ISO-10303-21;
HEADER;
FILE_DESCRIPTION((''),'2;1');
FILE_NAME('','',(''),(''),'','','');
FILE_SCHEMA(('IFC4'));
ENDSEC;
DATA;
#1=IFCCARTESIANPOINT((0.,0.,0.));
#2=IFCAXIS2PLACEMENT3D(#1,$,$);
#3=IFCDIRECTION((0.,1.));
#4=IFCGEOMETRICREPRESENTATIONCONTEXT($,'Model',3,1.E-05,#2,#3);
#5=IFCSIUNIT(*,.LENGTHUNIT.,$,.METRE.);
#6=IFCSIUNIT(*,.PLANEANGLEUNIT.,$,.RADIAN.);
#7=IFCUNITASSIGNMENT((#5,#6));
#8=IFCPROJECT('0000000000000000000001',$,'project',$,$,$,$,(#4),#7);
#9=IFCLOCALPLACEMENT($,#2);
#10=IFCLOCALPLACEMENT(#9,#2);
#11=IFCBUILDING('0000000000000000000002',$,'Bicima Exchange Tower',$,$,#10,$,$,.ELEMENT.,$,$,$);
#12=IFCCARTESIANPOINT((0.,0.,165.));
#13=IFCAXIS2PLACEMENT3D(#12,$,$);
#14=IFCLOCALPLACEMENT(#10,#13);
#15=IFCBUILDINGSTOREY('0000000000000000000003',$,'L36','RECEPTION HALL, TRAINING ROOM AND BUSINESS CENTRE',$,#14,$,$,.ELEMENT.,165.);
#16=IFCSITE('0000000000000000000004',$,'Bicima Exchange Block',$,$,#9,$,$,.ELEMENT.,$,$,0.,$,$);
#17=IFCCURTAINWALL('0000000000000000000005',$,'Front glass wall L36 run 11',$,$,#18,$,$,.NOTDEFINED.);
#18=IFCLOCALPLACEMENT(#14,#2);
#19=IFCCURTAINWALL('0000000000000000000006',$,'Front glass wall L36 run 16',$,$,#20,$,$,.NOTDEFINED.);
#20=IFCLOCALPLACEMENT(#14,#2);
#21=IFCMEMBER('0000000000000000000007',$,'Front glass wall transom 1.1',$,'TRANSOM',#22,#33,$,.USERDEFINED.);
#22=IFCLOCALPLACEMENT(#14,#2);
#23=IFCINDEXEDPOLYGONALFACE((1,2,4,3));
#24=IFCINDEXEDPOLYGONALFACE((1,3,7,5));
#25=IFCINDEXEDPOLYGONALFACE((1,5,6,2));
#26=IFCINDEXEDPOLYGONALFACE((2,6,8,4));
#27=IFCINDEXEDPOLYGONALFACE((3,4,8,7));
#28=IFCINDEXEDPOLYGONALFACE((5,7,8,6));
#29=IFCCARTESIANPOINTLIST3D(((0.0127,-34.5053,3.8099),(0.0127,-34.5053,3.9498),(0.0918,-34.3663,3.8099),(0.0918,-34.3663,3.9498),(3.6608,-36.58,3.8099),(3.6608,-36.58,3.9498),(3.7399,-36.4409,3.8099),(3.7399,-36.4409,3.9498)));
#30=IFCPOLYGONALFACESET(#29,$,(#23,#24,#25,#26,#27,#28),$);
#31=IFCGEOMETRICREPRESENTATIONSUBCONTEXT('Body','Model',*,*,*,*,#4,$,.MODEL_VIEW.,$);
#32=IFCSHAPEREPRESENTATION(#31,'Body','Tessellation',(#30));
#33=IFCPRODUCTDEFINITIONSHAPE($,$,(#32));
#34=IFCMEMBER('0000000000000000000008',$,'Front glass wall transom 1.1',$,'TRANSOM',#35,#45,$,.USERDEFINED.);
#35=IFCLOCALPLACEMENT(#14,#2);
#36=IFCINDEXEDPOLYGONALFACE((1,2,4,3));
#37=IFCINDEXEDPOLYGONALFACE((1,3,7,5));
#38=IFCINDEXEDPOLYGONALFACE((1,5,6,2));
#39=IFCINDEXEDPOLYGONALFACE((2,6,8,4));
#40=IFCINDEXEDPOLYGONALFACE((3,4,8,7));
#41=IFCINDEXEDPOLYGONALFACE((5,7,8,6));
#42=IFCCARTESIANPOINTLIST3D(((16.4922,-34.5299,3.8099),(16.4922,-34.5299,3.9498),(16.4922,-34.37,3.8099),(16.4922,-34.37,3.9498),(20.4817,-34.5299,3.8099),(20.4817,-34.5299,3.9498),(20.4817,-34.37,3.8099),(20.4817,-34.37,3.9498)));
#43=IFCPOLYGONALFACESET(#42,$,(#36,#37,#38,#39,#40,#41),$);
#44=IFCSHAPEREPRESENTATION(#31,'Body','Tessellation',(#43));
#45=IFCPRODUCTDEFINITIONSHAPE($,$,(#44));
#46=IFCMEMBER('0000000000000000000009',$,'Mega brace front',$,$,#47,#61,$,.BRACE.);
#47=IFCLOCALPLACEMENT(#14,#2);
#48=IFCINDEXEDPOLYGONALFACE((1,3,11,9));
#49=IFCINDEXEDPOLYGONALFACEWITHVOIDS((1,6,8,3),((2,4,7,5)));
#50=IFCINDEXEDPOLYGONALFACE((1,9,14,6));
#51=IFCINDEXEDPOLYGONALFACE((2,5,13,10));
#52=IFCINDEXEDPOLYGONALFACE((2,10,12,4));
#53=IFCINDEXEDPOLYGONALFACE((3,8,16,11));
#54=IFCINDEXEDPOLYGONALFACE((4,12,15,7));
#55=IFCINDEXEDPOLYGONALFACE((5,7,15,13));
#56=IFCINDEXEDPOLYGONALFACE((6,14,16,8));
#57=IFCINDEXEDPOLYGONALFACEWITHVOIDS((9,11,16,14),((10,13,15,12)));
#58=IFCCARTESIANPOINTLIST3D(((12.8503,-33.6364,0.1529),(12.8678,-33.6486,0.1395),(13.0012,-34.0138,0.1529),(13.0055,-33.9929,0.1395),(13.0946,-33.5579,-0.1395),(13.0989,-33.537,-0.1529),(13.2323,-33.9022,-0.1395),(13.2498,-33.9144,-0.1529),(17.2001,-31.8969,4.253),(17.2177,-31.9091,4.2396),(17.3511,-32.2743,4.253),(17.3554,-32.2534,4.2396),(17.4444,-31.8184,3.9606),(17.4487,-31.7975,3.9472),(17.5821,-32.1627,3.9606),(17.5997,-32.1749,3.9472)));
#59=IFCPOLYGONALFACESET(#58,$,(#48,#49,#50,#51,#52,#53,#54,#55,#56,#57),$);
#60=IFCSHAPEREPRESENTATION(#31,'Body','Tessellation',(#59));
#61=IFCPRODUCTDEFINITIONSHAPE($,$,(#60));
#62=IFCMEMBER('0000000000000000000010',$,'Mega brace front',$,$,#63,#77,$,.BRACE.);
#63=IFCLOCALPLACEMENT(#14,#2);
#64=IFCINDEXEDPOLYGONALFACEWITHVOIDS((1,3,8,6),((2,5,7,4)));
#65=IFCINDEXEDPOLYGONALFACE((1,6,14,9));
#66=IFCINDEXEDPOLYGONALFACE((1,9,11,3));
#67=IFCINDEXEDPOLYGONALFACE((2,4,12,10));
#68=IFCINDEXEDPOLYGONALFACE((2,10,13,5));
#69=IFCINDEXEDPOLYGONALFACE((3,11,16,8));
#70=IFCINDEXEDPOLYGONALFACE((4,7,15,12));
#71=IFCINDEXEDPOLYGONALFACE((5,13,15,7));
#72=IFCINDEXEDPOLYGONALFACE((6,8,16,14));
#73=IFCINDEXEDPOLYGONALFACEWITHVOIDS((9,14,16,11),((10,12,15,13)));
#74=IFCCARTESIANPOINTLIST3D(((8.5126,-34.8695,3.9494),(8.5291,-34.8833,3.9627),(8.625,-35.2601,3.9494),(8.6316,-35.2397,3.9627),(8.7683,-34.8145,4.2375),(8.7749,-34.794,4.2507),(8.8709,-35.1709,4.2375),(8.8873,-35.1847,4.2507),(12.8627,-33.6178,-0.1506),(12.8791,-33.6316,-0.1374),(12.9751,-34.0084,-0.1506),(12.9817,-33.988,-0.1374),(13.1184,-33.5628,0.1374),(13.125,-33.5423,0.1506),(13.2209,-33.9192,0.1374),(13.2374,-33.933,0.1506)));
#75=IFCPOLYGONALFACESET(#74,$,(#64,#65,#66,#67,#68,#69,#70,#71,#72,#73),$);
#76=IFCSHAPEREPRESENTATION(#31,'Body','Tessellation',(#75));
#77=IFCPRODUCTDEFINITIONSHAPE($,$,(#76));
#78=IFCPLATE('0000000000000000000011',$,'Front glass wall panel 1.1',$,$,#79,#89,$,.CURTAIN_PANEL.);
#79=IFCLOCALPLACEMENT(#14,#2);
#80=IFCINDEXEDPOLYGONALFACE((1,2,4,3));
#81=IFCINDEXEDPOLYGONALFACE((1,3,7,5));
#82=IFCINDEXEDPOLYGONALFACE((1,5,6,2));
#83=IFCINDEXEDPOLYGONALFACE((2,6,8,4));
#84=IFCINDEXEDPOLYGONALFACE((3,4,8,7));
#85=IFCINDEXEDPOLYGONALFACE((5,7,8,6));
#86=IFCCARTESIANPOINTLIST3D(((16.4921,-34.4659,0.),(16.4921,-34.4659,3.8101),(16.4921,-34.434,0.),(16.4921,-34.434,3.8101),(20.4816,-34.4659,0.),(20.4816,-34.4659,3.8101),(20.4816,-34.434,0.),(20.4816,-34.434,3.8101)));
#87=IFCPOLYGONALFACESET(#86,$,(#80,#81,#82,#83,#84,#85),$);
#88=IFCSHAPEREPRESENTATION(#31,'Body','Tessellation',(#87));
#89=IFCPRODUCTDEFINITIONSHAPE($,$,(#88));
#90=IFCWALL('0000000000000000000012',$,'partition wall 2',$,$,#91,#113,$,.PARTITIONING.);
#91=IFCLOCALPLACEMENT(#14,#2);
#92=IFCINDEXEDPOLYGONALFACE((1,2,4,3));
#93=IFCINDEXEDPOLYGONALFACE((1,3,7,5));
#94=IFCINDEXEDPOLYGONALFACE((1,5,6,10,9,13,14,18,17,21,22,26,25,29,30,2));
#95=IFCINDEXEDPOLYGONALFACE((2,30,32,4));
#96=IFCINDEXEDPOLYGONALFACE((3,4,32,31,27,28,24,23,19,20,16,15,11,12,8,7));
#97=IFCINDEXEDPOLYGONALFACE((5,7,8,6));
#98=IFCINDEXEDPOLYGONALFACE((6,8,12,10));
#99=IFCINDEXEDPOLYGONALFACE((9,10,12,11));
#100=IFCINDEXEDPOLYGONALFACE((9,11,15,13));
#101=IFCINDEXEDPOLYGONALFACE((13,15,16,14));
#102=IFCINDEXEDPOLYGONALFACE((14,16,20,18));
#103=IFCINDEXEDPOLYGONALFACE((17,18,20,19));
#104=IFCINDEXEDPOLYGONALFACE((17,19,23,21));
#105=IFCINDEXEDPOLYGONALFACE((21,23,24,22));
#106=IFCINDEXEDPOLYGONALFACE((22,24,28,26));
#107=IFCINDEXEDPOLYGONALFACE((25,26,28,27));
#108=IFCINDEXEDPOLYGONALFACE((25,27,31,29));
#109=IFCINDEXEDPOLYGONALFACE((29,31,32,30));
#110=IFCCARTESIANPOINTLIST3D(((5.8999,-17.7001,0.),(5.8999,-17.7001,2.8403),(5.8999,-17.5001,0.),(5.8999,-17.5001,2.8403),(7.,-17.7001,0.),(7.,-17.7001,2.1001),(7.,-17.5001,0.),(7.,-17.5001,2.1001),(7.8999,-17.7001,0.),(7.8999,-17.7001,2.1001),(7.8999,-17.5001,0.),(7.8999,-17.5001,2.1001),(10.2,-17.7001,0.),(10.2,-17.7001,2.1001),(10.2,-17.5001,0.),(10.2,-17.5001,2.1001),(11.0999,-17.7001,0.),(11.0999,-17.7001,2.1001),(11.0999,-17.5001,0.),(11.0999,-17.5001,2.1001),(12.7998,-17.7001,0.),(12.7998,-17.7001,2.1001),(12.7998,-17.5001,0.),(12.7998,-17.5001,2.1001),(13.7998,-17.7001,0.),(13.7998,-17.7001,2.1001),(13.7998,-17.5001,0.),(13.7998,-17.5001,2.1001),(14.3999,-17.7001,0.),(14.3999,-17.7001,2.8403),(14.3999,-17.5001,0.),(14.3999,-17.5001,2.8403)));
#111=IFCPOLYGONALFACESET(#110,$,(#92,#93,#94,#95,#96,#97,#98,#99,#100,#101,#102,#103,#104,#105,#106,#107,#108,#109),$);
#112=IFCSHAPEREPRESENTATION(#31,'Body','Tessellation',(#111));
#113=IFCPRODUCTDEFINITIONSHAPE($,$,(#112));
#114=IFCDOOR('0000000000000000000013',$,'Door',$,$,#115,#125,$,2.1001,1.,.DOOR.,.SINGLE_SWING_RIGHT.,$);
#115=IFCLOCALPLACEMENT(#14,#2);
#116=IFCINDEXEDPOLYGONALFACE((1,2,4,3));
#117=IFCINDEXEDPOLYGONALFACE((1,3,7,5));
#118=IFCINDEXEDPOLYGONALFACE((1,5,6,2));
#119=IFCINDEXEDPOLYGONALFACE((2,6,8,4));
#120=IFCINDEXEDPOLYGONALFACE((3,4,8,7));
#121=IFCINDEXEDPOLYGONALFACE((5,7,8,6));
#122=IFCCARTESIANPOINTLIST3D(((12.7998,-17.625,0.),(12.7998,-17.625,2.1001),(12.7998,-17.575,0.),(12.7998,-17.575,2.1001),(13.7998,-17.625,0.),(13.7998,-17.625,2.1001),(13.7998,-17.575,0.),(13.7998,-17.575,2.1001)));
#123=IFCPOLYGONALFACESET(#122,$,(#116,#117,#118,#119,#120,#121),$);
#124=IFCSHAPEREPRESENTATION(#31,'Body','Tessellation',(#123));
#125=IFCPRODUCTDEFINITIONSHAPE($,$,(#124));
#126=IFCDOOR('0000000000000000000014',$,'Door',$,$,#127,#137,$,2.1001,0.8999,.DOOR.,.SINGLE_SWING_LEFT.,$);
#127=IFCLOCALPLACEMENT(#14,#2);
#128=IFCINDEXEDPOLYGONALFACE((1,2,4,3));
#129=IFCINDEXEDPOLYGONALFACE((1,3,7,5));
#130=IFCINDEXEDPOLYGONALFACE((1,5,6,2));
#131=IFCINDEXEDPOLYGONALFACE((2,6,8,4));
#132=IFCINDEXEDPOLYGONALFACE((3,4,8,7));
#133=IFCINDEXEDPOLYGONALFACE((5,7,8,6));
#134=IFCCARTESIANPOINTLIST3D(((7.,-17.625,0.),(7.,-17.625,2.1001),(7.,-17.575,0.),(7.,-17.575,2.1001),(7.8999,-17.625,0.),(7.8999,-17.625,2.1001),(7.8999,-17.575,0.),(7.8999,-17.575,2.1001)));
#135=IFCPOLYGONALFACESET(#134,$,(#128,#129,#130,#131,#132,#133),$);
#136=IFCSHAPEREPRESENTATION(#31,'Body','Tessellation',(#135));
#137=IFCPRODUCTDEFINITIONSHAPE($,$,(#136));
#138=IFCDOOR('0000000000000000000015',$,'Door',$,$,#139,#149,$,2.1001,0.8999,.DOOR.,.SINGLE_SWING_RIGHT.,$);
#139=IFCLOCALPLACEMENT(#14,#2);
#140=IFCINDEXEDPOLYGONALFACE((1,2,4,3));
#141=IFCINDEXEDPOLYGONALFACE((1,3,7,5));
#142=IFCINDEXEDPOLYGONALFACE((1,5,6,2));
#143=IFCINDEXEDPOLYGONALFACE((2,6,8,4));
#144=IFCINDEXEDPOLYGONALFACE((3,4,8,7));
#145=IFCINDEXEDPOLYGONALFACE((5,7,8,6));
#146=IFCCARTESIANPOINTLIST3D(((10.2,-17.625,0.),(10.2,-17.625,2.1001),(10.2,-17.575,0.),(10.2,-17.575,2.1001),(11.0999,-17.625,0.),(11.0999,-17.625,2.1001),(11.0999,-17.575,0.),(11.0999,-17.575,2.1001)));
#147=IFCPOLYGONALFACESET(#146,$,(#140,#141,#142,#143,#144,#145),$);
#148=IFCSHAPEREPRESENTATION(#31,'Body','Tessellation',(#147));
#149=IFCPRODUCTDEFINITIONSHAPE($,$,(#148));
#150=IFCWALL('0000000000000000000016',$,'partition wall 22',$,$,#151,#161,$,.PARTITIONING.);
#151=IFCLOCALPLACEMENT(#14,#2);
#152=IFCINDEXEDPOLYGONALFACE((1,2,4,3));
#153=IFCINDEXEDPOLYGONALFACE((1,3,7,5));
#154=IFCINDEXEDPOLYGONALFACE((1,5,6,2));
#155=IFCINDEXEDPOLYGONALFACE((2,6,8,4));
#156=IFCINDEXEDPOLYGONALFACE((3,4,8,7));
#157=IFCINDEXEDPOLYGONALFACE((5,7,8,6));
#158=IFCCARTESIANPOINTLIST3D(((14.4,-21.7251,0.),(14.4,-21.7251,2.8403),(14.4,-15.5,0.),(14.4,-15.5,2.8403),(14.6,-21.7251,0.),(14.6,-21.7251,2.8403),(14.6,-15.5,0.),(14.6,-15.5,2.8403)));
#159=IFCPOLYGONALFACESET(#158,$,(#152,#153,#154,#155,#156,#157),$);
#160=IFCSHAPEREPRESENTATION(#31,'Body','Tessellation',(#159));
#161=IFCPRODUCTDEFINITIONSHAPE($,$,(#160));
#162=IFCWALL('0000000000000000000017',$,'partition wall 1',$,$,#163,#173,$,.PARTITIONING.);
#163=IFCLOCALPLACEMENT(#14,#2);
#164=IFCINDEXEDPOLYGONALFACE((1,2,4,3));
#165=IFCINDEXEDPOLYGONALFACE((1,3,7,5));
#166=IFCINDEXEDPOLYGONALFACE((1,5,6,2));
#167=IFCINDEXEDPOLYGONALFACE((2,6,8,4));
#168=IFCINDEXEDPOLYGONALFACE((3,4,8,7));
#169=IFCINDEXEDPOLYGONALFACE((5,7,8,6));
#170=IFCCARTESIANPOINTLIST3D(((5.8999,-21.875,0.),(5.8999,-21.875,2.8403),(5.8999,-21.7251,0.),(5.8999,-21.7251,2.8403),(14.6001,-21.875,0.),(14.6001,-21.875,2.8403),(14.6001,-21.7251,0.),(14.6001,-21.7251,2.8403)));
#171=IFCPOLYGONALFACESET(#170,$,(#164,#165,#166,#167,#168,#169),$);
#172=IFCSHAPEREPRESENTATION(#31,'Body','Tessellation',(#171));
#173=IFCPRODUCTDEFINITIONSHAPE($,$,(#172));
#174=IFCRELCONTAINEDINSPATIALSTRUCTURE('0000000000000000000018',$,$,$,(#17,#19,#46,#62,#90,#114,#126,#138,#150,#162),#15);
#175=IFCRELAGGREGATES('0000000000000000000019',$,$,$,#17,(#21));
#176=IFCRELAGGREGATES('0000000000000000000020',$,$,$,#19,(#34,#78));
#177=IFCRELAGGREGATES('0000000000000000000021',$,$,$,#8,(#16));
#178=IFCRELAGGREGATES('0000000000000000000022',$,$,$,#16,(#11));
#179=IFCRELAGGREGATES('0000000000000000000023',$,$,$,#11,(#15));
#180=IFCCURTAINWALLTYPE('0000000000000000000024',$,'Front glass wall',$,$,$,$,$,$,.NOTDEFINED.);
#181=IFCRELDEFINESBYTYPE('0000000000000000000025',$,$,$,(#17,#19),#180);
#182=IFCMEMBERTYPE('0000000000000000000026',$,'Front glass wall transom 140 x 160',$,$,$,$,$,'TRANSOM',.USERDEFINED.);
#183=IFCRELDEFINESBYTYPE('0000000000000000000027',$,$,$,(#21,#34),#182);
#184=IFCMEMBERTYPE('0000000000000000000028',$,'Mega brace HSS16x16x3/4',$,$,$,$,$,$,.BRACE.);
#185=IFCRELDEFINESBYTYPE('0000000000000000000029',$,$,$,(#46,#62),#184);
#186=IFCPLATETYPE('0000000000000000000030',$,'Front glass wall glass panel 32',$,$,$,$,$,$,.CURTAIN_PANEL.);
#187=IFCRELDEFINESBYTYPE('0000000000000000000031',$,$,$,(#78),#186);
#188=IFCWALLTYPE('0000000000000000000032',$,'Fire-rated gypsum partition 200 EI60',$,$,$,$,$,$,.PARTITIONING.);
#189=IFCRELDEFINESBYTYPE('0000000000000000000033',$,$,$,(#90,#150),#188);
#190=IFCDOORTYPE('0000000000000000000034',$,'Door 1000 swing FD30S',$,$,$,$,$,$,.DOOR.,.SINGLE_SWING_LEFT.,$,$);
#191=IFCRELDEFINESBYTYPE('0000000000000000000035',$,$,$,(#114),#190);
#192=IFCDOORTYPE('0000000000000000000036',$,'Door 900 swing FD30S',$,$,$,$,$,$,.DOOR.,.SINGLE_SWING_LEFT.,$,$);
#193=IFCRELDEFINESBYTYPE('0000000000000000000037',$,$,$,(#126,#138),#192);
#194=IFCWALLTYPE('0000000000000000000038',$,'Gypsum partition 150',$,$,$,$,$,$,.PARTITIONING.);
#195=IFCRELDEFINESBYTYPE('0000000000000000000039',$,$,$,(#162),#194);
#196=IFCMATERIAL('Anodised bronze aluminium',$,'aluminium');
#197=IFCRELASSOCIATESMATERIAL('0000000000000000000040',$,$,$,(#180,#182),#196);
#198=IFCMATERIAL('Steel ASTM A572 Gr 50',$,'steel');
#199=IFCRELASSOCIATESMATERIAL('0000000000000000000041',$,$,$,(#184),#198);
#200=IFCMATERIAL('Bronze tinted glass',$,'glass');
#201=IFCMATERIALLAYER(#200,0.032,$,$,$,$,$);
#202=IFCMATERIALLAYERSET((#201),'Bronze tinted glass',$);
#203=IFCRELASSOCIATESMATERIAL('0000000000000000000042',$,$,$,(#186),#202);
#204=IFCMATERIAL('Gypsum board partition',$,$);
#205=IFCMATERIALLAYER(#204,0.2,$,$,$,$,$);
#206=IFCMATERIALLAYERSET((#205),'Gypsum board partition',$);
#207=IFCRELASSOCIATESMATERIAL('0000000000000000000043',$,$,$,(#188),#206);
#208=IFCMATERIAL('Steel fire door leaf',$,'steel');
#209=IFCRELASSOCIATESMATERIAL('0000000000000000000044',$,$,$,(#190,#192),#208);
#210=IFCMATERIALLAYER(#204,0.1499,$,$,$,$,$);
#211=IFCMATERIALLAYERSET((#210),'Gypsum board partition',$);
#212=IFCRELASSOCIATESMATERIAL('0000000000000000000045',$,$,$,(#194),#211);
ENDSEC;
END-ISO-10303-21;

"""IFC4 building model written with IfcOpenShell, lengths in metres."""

from ifc_helpers import new_model, si_unit, direction, frame, frame_2d, origin, origin_2d, place, context, subcontext, project, spatial, rectangle, hollow_rectangle, extrude, material, layer, layer_set, material_profile, profile_set, type_object, element, fill, aggregate, save


model = new_model("IFC4")

# Units and contexts
model_context = context("Model", 3, precision=1e-05, world=origin(), true_north=direction((0.0, 1.0)))
body_context = subcontext(model_context, "Body", "Model", "MODEL_VIEW")
ifc_project = project(units=[si_unit("LENGTHUNIT", "METRE"), si_unit("PLANEANGLEUNIT", "RADIAN")], contexts=[model_context])

# Site, building, storey
site_placement = place(None, origin())
site = spatial("IfcSite", under=ifc_project, at=site_placement, Name="Bicima Exchange Block", CompositionType="ELEMENT", RefElevation=0.0)
building_placement = place(site_placement, origin())
building = spatial("IfcBuilding", under=site, at=building_placement, Name="Bicima Exchange Tower", CompositionType="ELEMENT")
storey_placement = place(building_placement, frame((0.0, 0.0, 165.0)))
storey = spatial("IfcBuildingStorey", under=building, at=storey_placement, Name="L36", Description="RECEPTION HALL, TRAINING ROOM AND BUSINESS CENTRE", CompositionType="ELEMENT", Elevation=165.0)

# Curtain wall
ifc_material_1 = material(Name="Anodised bronze aluminium", Category="aluminium")
curtain_wall_type = type_object("IfcCurtainWallType", Name="Front glass wall", PredefinedType="NOTDEFINED", material=ifc_material_1)
curtain_wall_1_placement = place(storey_placement, origin())
curtain_wall_1 = element("IfcCurtainWall", 1, at=curtain_wall_1_placement, inside=storey, type_object=curtain_wall_type, Name="Front glass wall L36 run 11", PredefinedType="NOTDEFINED")

# Curtain wall
curtain_wall_2_placement = place(storey_placement, origin())
curtain_wall_2 = element("IfcCurtainWall", 2, at=curtain_wall_2_placement, inside=storey, type_object=curtain_wall_type, Name="Front glass wall L36 run 16", PredefinedType="NOTDEFINED")

# Members
ifc_material_profile_1 = material_profile(ifc_material_1, rectangle(XDim=0.1599, YDim=0.1399, at=origin_2d()))
ifc_profile_set_1 = profile_set([ifc_material_profile_1], Name="Anodised bronze aluminium")
member_type_1 = type_object("IfcMemberType", Name="Front glass wall transom 140 x 160", ElementType="TRANSOM", PredefinedType="USERDEFINED", material=ifc_profile_set_1)
member_1_placement = place(storey_placement, frame((0.0522, -34.4358, 3.8799), z_axis=(0.869265, -0.494346, 0.0), x_axis=(0.494346, 0.869265, 0.0)))
member_1 = element("IfcMember", 3, at=member_1_placement, type_object=member_type_1, Name="Front glass wall transom 1.1", ObjectType="TRANSOM", PredefinedType="USERDEFINED", context=body_context, shape_type="SweptSolid", body=[
    extrude(rectangle(XDim=0.1599, YDim=0.1399, at=origin_2d()), origin(), (0.0, 0.0, 1.0), 4.1968),
])
aggregate(curtain_wall_1, [member_1])
member_2_placement = place(storey_placement, frame((16.4922, -34.45, 3.8799), z_axis=(1.0, 0.0, 0.0), x_axis=(0.0, 1.0, 0.0)))
member_2 = element("IfcMember", 4, at=member_2_placement, type_object=member_type_1, Name="Front glass wall transom 1.1", ObjectType="TRANSOM", PredefinedType="USERDEFINED", context=body_context, shape_type="SweptSolid", body=[
    extrude(rectangle(XDim=0.1599, YDim=0.1399, at=origin_2d()), origin(), (0.0, 0.0, 1.0), 3.9895),
])

# Members
ifc_material_2 = material(Name="Steel ASTM A572 Gr 50", Category="steel")
ifc_material_profile_2 = material_profile(ifc_material_2, hollow_rectangle(XDim=0.4065, YDim=0.4065, WallThickness=0.0178, at=origin_2d()))
ifc_profile_set_2 = profile_set([ifc_material_profile_2], Name="Steel ASTM A572 Gr 50")
member_type_2 = type_object("IfcMemberType", Name="Mega brace HSS16x16x3/4", PredefinedType="BRACE", material=ifc_profile_set_2)
member_3_placement = place(storey_placement, frame((13.05, -33.7754, 0.0), z_axis=(0.698706, 0.279412, 0.658588), x_axis=(-0.37131, 0.928509, 0.0)))
element("IfcMember", 5, at=member_3_placement, inside=storey, type_object=member_type_2, Name="Mega brace front", PredefinedType="BRACE", context=body_context, shape_type="SweptSolid", body=[
    extrude(hollow_rectangle(XDim=0.4065, YDim=0.4065, WallThickness=0.0178, at=origin_2d()), origin(), (0.0, 0.0, 1.0), 6.2256),
])
member_4_placement = place(storey_placement, frame((13.05, -33.7754, 0.0), z_axis=(-0.712261, -0.204948, 0.671327), x_axis=(0.276523, -0.961007, 0.0)))
element("IfcMember", 6, at=member_4_placement, inside=storey, type_object=member_type_2, Name="Mega brace front", PredefinedType="BRACE", context=body_context, shape_type="SweptSolid", body=[
    extrude(hollow_rectangle(XDim=0.4065, YDim=0.4065, WallThickness=0.0178, at=origin_2d()), origin(), (0.0, 0.0, 1.0), 6.1074),
])

# Plate
ifc_material_3 = material(Name="Bronze tinted glass", Category="glass")
ifc_layer_1 = layer(ifc_material_3, 0.032)
ifc_layer_set_1 = layer_set([ifc_layer_1], Name="Bronze tinted glass")
plate_type = type_object("IfcPlateType", Name="Front glass wall glass panel 32", PredefinedType="CURTAIN_PANEL", material=ifc_layer_set_1)
plate_placement = place(storey_placement, frame((18.4868, -34.45, 0.0), z_axis=(0.0, 0.0, 1.0), x_axis=(1.0, 0.0, 0.0)))
plate = element("IfcPlate", 7, at=plate_placement, type_object=plate_type, Name="Front glass wall panel 1.1", PredefinedType="CURTAIN_PANEL", context=body_context, shape_type="SweptSolid", body=[
    extrude(rectangle(XDim=3.9895, YDim=0.032, at=origin_2d()), origin(), (0.0, 0.0, 1.0), 3.8101),
])
aggregate(curtain_wall_2, [member_2, plate])

# Wall, openings, doors
ifc_material_4 = material(Name="Gypsum board partition")
ifc_layer_2 = layer(ifc_material_4, 0.2)
ifc_layer_set_2 = layer_set([ifc_layer_2], Name="Gypsum board partition")
wall_type_1 = type_object("IfcWallType", Name="Fire-rated gypsum partition 200 EI60", PredefinedType="PARTITIONING", material=ifc_layer_set_2)
wall_1_placement = place(storey_placement, frame((5.8999, -17.6001, 0.0), z_axis=(0.0, 0.0, 1.0), x_axis=(1.0, 0.0, 0.0)))
wall_1 = element("IfcWall", 8, at=wall_1_placement, inside=storey, type_object=wall_type_1, Name="partition wall 2", PredefinedType="PARTITIONING", context=body_context, shape_type="SweptSolid", body=[
    extrude(rectangle(XDim=8.5, YDim=0.2, at=frame_2d((4.25, 0.0))), origin(), (0.0, 0.0, 1.0), 2.8403),
])
opening_1_placement = place(wall_1_placement, frame((1.1001, 0.0, 0.0)))
opening_1 = element("IfcOpeningElement", 9, at=opening_1_placement, cuts=wall_1, PredefinedType="OPENING", context=body_context, shape_type="SweptSolid", body=[
    extrude(rectangle(XDim=0.8999, YDim=2.1001, at=frame_2d((0.45, 1.05))), frame((0.0, 0.1118, 0.0), z_axis=(0.0, -1.0, 0.0), x_axis=(1.0, 0.0, 0.0)), (0.0, 0.0, 1.0), 0.2239),
])
opening_2_placement = place(wall_1_placement, frame((4.3, 0.0, 0.0)))
opening_2 = element("IfcOpeningElement", 10, at=opening_2_placement, cuts=wall_1, PredefinedType="OPENING", context=body_context, shape_type="SweptSolid", body=[
    extrude(rectangle(XDim=0.8999, YDim=2.1001, at=frame_2d((0.45, 1.05))), frame((0.0, 0.1118, 0.0), z_axis=(0.0, -1.0, 0.0), x_axis=(1.0, 0.0, 0.0)), (0.0, 0.0, 1.0), 0.2239),
])
opening_3_placement = place(wall_1_placement, frame((6.8999, 0.0, 0.0)))
opening_3 = element("IfcOpeningElement", 11, at=opening_3_placement, cuts=wall_1, PredefinedType="OPENING", context=body_context, shape_type="SweptSolid", body=[
    extrude(rectangle(XDim=1.0, YDim=2.1001, at=frame_2d((0.5, 1.05))), frame((0.0, 0.1118, 0.0), z_axis=(0.0, -1.0, 0.0), x_axis=(1.0, 0.0, 0.0)), (0.0, 0.0, 1.0), 0.2239),
])
ifc_material_5 = material(Name="Steel fire door leaf", Category="steel")
door_type_1 = type_object("IfcDoorType", Name="Door 1000 swing FD30S", OperationType="SINGLE_SWING_LEFT", PredefinedType="DOOR", material=ifc_material_5)
door_1_placement = place(opening_3_placement, frame((1.0, 0.0, 0.0), z_axis=(0.0, 0.0, 1.0), x_axis=(-1.0, 0.0, 0.0)))
door_1 = element("IfcDoor", 12, at=door_1_placement, inside=storey, type_object=door_type_1, Name="Door", OperationType="SINGLE_SWING_RIGHT", OverallHeight=2.1001, OverallWidth=1.0, PredefinedType="DOOR", context=body_context, shape_type="SweptSolid", body=[
    extrude(rectangle(XDim=1.0, YDim=2.1001, at=frame_2d((0.5, 1.05))), frame((0.0, 0.0249, 0.0), z_axis=(0.0, -1.0, 0.0), x_axis=(1.0, 0.0, 0.0)), (0.0, 0.0, 1.0), 0.05),
])
fill(opening_3, door_1)
door_type_2 = type_object("IfcDoorType", Name="Door 900 swing FD30S", OperationType="SINGLE_SWING_LEFT", PredefinedType="DOOR", material=ifc_material_5)
door_2_placement = place(opening_1_placement, frame((0.8999, 0.0, 0.0), z_axis=(0.0, 0.0, 1.0), x_axis=(-1.0, 0.0, 0.0)))
door_2 = element("IfcDoor", 13, at=door_2_placement, inside=storey, type_object=door_type_2, Name="Door", OperationType="SINGLE_SWING_LEFT", OverallHeight=2.1001, OverallWidth=0.8999, PredefinedType="DOOR", context=body_context, shape_type="SweptSolid", body=[
    extrude(rectangle(XDim=0.8999, YDim=2.1001, at=frame_2d((0.45, 1.05))), frame((0.0, 0.0249, 0.0), z_axis=(0.0, -1.0, 0.0), x_axis=(1.0, 0.0, 0.0)), (0.0, 0.0, 1.0), 0.05),
])
fill(opening_1, door_2)
door_3_placement = place(opening_2_placement, frame((0.8999, 0.0, 0.0), z_axis=(0.0, 0.0, 1.0), x_axis=(-1.0, 0.0, 0.0)))
door_3 = element("IfcDoor", 14, at=door_3_placement, inside=storey, type_object=door_type_2, Name="Door", OperationType="SINGLE_SWING_RIGHT", OverallHeight=2.1001, OverallWidth=0.8999, PredefinedType="DOOR", context=body_context, shape_type="SweptSolid", body=[
    extrude(rectangle(XDim=0.8999, YDim=2.1001, at=frame_2d((0.45, 1.05))), frame((0.0, 0.0249, 0.0), z_axis=(0.0, -1.0, 0.0), x_axis=(1.0, 0.0, 0.0)), (0.0, 0.0, 1.0), 0.05),
])
fill(opening_2, door_3)

# Walls
wall_2_placement = place(storey_placement, frame((14.5, -21.7251, 0.0), z_axis=(0.0, 0.0, 1.0), x_axis=(0.0, 1.0, 0.0)))
element("IfcWall", 15, at=wall_2_placement, inside=storey, type_object=wall_type_1, Name="partition wall 22", PredefinedType="PARTITIONING", context=body_context, shape_type="SweptSolid", body=[
    extrude(rectangle(XDim=6.2251, YDim=0.2, at=frame_2d((3.1125, 0.0))), origin(), (0.0, 0.0, 1.0), 2.8403),
])
ifc_layer_3 = layer(ifc_material_4, 0.1499)
ifc_layer_set_3 = layer_set([ifc_layer_3], Name="Gypsum board partition")
wall_type_2 = type_object("IfcWallType", Name="Gypsum partition 150", PredefinedType="PARTITIONING", material=ifc_layer_set_3)
wall_3_placement = place(storey_placement, frame((5.8999, -21.8, 0.0), z_axis=(0.0, 0.0, 1.0), x_axis=(1.0, 0.0, 0.0)))
element("IfcWall", 16, at=wall_3_placement, inside=storey, type_object=wall_type_2, Name="partition wall 1", PredefinedType="PARTITIONING", context=body_context, shape_type="SweptSolid", body=[
    extrude(rectangle(XDim=8.7002, YDim=0.1499, at=frame_2d((4.3501, 0.0))), origin(), (0.0, 0.0, 1.0), 2.8403),
])

save(model, "model.ifc")
